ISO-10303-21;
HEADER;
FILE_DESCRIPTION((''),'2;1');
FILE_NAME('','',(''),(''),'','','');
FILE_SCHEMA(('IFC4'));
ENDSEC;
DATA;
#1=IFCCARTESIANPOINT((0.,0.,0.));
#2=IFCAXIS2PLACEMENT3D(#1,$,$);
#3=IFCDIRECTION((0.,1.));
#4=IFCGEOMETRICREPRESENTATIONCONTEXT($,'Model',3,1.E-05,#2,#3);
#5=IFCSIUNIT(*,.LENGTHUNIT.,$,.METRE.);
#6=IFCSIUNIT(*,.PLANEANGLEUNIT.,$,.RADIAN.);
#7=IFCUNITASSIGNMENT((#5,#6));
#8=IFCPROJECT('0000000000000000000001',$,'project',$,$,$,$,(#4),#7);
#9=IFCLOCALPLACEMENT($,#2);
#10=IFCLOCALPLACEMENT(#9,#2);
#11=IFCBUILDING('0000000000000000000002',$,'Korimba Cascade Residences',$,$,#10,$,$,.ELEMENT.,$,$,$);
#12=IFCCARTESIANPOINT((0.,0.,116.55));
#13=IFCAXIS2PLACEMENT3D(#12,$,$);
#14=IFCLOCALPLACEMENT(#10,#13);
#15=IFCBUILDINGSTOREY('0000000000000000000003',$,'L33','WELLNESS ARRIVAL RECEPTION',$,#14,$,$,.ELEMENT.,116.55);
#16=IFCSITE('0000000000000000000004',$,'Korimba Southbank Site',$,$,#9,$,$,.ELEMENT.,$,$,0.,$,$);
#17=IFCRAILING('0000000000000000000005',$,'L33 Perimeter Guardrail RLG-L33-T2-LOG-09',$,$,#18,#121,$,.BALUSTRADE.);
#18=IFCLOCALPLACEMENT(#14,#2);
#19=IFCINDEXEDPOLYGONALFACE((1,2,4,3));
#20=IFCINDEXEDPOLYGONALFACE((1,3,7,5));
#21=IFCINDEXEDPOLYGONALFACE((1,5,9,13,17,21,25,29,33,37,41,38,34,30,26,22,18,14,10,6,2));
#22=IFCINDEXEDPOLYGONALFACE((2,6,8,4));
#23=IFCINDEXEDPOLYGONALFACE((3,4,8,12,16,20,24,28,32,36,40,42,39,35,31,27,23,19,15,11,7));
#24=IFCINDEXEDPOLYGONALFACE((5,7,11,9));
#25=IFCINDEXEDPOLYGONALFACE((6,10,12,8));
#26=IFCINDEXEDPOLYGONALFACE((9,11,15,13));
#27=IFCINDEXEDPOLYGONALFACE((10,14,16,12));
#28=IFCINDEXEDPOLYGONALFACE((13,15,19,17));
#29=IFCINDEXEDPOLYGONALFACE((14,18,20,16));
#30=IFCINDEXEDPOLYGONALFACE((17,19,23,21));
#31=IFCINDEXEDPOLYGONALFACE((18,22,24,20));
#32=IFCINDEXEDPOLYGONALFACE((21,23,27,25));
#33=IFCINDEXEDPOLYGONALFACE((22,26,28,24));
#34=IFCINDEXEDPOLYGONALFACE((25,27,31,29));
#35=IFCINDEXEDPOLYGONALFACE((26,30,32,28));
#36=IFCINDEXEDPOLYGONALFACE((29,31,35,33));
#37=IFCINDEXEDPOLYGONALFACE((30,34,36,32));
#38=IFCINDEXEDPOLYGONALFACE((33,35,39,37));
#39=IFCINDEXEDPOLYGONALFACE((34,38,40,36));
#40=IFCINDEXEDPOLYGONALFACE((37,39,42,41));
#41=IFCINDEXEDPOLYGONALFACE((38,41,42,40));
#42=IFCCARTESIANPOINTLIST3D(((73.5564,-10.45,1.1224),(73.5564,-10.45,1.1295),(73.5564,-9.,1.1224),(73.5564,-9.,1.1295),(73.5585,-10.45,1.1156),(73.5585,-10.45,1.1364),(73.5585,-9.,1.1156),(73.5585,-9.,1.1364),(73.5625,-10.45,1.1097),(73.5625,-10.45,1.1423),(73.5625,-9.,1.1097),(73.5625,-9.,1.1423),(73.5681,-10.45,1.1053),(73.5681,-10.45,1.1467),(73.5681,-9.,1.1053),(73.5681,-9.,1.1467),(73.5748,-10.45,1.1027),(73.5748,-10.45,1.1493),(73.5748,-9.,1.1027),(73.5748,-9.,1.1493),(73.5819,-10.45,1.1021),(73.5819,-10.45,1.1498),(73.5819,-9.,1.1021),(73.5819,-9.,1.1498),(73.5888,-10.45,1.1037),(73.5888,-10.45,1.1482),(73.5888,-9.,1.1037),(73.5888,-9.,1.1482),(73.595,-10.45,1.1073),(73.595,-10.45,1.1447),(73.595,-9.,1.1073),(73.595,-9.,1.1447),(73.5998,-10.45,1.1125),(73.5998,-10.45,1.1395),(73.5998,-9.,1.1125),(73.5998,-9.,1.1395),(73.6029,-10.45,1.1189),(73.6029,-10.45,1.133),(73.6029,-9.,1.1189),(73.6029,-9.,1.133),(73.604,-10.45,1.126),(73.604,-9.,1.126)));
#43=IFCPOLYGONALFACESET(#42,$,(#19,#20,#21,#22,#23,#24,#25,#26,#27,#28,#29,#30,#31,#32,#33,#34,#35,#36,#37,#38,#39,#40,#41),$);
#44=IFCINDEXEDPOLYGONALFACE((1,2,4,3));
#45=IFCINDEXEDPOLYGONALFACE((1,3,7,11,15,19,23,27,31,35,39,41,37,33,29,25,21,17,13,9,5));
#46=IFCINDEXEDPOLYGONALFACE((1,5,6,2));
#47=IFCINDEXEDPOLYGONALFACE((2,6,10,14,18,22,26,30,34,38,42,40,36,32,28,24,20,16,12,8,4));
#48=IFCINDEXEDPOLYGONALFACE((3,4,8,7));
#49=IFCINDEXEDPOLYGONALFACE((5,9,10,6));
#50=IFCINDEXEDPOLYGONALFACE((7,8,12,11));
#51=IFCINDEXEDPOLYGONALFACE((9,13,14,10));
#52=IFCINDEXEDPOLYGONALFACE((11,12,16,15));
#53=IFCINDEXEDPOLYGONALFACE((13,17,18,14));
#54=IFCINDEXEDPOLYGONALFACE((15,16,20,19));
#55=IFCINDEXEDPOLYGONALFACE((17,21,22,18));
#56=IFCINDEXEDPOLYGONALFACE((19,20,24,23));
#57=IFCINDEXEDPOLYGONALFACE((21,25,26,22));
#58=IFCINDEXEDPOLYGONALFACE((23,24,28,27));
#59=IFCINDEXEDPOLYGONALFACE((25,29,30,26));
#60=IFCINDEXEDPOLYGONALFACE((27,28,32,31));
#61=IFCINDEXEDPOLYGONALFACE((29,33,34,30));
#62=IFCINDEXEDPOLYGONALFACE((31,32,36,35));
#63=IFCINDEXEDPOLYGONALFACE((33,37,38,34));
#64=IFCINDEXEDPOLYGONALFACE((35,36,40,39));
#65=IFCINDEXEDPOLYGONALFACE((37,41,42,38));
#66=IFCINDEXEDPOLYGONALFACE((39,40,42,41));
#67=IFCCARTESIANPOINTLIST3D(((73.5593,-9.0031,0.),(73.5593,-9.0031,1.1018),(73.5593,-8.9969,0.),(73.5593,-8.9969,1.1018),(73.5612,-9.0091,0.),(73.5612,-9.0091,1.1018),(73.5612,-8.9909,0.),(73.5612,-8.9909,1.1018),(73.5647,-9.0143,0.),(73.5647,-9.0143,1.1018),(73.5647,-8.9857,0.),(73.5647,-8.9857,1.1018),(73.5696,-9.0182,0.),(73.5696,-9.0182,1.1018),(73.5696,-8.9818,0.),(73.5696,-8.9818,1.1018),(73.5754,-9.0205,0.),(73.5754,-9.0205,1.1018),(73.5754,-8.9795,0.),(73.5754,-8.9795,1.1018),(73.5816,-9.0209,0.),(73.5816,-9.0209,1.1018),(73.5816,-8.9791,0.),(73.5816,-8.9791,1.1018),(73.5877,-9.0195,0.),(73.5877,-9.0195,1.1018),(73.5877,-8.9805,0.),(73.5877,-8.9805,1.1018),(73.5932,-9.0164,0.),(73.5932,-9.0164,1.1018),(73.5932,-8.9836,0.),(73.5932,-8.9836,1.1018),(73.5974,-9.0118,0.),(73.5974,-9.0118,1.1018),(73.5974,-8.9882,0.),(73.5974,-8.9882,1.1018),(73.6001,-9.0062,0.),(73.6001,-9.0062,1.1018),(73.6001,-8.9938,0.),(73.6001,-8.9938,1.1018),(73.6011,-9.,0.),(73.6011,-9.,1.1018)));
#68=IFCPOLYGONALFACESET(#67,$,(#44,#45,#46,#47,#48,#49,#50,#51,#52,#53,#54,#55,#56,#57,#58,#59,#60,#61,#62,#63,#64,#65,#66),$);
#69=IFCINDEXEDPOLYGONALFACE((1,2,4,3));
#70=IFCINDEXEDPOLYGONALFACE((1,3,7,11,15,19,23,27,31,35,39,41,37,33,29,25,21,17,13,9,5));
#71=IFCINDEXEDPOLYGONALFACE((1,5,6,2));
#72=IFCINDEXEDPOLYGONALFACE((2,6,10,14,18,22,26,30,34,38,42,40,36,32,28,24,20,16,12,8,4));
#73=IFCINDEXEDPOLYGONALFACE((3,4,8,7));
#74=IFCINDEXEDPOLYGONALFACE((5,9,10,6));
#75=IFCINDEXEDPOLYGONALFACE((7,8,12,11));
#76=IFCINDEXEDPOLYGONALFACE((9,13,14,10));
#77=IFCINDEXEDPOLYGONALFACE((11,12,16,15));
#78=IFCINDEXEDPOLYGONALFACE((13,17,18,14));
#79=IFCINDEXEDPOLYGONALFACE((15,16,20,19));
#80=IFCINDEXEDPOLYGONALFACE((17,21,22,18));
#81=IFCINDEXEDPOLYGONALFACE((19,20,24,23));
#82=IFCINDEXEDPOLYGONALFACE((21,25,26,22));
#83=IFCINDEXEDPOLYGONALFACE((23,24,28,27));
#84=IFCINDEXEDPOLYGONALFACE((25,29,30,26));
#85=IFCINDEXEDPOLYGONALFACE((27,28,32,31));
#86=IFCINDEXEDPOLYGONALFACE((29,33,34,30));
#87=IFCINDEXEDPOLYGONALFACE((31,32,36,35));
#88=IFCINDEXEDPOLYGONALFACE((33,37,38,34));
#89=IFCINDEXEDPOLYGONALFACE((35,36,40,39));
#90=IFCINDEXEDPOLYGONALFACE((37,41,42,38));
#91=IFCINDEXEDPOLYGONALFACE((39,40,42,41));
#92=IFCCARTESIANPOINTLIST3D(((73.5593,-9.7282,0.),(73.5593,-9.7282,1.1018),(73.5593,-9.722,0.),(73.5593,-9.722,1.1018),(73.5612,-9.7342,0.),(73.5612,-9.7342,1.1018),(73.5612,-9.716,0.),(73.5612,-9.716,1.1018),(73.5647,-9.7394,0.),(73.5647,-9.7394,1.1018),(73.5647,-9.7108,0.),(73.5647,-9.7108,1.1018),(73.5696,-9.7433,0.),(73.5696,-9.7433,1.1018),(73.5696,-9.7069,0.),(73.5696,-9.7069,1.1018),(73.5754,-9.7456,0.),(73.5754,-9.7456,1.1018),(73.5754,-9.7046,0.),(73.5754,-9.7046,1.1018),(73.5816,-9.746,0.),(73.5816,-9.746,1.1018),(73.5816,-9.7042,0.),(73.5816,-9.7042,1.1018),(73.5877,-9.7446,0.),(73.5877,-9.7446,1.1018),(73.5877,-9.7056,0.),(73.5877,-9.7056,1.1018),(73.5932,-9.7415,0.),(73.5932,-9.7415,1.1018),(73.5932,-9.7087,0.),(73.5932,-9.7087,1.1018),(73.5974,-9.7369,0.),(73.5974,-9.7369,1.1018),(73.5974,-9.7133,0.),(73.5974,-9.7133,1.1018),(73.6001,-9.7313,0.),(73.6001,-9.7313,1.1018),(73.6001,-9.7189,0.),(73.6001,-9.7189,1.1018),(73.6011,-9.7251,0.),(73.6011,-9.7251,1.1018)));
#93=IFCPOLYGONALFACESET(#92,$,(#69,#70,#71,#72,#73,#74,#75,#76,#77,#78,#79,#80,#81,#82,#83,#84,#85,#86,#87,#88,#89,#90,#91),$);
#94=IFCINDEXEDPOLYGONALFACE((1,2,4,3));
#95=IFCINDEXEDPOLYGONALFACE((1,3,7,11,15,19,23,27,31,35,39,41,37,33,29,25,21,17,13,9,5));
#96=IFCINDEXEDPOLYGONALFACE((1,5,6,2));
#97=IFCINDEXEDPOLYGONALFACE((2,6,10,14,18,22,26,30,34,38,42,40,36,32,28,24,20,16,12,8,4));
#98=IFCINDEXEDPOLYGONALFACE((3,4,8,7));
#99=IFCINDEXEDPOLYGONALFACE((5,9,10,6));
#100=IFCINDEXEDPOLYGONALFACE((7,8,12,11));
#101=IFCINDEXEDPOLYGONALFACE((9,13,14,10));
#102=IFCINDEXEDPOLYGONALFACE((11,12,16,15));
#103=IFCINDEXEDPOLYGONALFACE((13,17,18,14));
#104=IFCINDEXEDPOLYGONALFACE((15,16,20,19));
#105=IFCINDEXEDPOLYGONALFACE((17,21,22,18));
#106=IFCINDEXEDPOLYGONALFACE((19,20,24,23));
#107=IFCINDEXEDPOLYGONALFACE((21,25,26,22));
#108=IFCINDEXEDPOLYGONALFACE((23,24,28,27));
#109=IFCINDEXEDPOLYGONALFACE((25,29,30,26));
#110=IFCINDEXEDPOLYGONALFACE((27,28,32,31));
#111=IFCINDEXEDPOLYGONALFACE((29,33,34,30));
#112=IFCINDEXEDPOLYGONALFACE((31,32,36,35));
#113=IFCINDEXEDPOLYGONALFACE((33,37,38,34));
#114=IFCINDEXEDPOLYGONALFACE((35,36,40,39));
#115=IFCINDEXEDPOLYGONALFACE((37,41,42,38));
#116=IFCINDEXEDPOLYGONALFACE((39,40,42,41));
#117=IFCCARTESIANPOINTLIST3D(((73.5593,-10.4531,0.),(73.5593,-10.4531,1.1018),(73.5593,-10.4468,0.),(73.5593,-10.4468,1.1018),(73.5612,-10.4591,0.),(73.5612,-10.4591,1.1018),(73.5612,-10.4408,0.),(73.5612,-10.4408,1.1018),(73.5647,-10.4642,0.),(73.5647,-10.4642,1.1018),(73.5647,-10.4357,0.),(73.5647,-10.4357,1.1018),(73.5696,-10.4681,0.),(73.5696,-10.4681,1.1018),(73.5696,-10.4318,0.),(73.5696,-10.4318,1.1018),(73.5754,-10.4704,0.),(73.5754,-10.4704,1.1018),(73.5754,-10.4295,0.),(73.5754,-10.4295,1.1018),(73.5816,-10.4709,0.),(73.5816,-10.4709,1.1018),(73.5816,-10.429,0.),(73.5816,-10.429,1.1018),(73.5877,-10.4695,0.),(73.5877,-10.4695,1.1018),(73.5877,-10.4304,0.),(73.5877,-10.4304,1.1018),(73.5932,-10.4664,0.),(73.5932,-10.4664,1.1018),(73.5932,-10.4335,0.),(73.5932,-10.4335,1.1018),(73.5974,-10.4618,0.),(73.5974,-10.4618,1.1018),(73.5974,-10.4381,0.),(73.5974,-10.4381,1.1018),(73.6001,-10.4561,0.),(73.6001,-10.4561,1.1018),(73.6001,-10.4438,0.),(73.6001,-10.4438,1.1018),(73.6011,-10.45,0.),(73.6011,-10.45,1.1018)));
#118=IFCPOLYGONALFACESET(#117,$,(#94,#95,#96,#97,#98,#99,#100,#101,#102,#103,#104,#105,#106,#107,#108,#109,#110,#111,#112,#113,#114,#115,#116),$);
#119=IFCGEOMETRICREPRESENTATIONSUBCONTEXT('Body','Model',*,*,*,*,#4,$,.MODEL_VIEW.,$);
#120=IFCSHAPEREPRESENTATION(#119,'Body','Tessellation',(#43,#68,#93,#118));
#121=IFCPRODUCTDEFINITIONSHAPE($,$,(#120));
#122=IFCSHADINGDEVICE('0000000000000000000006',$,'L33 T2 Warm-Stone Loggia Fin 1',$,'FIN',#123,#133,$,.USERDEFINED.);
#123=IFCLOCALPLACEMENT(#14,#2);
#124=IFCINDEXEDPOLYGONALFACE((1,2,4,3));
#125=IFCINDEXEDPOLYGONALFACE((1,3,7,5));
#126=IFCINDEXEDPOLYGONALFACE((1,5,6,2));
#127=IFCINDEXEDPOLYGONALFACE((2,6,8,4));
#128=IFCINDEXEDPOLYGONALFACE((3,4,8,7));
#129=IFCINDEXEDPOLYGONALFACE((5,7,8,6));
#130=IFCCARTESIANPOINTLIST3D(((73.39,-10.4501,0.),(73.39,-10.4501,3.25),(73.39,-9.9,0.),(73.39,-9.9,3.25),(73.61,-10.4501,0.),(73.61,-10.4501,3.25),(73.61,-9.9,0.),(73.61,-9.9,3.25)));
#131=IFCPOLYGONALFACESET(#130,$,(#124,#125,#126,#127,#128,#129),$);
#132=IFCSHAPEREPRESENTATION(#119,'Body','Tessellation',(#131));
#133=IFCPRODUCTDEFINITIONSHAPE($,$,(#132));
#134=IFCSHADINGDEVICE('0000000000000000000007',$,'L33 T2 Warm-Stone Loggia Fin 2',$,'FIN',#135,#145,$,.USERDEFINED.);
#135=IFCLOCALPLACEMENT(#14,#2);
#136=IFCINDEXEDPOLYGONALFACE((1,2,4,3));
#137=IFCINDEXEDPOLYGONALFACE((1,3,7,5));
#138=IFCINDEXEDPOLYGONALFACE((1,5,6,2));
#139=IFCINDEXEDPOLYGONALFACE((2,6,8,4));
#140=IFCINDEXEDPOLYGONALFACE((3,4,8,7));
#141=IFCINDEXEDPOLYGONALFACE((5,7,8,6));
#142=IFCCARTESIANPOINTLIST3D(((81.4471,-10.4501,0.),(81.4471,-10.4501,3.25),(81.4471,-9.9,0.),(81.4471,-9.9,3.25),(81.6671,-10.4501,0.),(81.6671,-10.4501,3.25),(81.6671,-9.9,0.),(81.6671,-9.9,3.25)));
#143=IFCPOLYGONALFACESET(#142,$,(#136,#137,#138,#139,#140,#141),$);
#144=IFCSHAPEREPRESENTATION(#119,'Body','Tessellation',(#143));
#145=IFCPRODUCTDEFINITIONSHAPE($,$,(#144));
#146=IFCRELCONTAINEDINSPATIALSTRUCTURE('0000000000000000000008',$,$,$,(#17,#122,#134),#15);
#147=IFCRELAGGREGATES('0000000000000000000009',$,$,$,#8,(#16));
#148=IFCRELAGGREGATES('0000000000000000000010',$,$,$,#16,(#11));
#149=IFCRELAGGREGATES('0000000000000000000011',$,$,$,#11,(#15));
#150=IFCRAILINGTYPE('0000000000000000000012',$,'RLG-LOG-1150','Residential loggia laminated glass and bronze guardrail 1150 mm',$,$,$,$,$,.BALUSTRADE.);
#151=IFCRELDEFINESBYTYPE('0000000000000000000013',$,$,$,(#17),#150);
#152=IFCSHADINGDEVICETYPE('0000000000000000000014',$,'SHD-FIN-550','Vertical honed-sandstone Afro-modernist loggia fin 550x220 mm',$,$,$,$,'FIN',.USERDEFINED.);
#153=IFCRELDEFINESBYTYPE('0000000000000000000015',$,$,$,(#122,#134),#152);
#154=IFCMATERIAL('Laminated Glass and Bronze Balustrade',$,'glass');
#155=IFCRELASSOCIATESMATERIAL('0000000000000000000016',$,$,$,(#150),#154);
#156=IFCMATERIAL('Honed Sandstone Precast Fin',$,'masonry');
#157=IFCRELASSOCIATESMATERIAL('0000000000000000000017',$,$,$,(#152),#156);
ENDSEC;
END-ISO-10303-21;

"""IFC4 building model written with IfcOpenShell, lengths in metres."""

from ifc_helpers import new_model, si_unit, direction, frame, origin, origin_2d, place, context, subcontext, project, spatial, rectangle, circle, extrude, material, type_object, element, save


model = new_model("IFC4")

# Units and contexts
model_context = context("Model", 3, precision=1e-05, world=origin(), true_north=direction((0.0, 1.0)))
body_context = subcontext(model_context, "Body", "Model", "MODEL_VIEW")
ifc_project = project(units=[si_unit("LENGTHUNIT", "METRE"), si_unit("PLANEANGLEUNIT", "RADIAN")], contexts=[model_context])

# Site, building, storey
site_placement = place(None, origin())
site = spatial("IfcSite", under=ifc_project, at=site_placement, Name="Korimba Southbank Site", CompositionType="ELEMENT", RefElevation=0.0)
building_placement = place(site_placement, origin())
building = spatial("IfcBuilding", under=site, at=building_placement, Name="Korimba Cascade Residences", CompositionType="ELEMENT")
storey_placement = place(building_placement, frame((0.0, 0.0, 116.55)))
storey = spatial("IfcBuildingStorey", under=building, at=storey_placement, Name="L33", Description="WELLNESS ARRIVAL RECEPTION", CompositionType="ELEMENT", Elevation=116.55)

# Railing
ifc_material_1 = material(Name="Laminated Glass and Bronze Balustrade", Category="glass")
railing_type = type_object("IfcRailingType", Name="RLG-LOG-1150", Description="Residential loggia laminated glass and bronze guardrail 1150 mm", PredefinedType="BALUSTRADE", material=ifc_material_1)
railing_placement = place(storey_placement, frame((73.5801, -9.0, 0.0)))
element("IfcRailing", 1, at=railing_placement, inside=storey, type_object=railing_type, Name="L33 Perimeter Guardrail RLG-L33-T2-LOG-09", PredefinedType="BALUSTRADE", context=body_context, shape_type="SweptSolid", body=[
    extrude(circle(Radius=0.0239, at=origin_2d()), frame((0.0, 0.0, 1.126), z_axis=(0.0, -1.0, 0.0), x_axis=(1.0, 0.0, 0.0)), (0.0, 0.0, 1.0), 1.45),
    extrude(circle(Radius=0.021, at=origin_2d()), origin(), (0.0, 0.0, 1.0), 1.1018),
    extrude(circle(Radius=0.021, at=origin_2d()), frame((0.0, -0.7251, 0.0)), (0.0, 0.0, 1.0), 1.1018),
    extrude(circle(Radius=0.021, at=origin_2d()), frame((0.0, -1.45, 0.0)), (0.0, 0.0, 1.0), 1.1018),
])

# Shading devices
ifc_material_2 = material(Name="Honed Sandstone Precast Fin", Category="masonry")
shading_device_type = type_object("IfcShadingDeviceType", Name="SHD-FIN-550", Description="Vertical honed-sandstone Afro-modernist loggia fin 550x220 mm", ElementType="FIN", PredefinedType="USERDEFINED", material=ifc_material_2)
for number, where, z_axis, x_axis, name in (
    (2, (73.5, -10.175, 0.0), (0.0, 0.0, 1.0), (1.0, 0.0, 0.0), "L33 T2 Warm-Stone Loggia Fin 1"),
    (3, (81.5571, -10.175, 0.0), (0.0, 0.0, 1.0), (1.0, 0.0, 0.0), "L33 T2 Warm-Stone Loggia Fin 2"),
):
    element("IfcShadingDevice", number, at=place(storey_placement, frame(where, z_axis=z_axis, x_axis=x_axis)), inside=storey, type_object=shading_device_type, Name=name, ObjectType="FIN", PredefinedType="USERDEFINED", context=body_context, shape_type="SweptSolid", body=[
        extrude(rectangle(XDim=0.22, YDim=0.55, at=origin_2d()), origin(), (0.0, 0.0, 1.0), 3.25),
    ])

save(model, "model.ifc")
